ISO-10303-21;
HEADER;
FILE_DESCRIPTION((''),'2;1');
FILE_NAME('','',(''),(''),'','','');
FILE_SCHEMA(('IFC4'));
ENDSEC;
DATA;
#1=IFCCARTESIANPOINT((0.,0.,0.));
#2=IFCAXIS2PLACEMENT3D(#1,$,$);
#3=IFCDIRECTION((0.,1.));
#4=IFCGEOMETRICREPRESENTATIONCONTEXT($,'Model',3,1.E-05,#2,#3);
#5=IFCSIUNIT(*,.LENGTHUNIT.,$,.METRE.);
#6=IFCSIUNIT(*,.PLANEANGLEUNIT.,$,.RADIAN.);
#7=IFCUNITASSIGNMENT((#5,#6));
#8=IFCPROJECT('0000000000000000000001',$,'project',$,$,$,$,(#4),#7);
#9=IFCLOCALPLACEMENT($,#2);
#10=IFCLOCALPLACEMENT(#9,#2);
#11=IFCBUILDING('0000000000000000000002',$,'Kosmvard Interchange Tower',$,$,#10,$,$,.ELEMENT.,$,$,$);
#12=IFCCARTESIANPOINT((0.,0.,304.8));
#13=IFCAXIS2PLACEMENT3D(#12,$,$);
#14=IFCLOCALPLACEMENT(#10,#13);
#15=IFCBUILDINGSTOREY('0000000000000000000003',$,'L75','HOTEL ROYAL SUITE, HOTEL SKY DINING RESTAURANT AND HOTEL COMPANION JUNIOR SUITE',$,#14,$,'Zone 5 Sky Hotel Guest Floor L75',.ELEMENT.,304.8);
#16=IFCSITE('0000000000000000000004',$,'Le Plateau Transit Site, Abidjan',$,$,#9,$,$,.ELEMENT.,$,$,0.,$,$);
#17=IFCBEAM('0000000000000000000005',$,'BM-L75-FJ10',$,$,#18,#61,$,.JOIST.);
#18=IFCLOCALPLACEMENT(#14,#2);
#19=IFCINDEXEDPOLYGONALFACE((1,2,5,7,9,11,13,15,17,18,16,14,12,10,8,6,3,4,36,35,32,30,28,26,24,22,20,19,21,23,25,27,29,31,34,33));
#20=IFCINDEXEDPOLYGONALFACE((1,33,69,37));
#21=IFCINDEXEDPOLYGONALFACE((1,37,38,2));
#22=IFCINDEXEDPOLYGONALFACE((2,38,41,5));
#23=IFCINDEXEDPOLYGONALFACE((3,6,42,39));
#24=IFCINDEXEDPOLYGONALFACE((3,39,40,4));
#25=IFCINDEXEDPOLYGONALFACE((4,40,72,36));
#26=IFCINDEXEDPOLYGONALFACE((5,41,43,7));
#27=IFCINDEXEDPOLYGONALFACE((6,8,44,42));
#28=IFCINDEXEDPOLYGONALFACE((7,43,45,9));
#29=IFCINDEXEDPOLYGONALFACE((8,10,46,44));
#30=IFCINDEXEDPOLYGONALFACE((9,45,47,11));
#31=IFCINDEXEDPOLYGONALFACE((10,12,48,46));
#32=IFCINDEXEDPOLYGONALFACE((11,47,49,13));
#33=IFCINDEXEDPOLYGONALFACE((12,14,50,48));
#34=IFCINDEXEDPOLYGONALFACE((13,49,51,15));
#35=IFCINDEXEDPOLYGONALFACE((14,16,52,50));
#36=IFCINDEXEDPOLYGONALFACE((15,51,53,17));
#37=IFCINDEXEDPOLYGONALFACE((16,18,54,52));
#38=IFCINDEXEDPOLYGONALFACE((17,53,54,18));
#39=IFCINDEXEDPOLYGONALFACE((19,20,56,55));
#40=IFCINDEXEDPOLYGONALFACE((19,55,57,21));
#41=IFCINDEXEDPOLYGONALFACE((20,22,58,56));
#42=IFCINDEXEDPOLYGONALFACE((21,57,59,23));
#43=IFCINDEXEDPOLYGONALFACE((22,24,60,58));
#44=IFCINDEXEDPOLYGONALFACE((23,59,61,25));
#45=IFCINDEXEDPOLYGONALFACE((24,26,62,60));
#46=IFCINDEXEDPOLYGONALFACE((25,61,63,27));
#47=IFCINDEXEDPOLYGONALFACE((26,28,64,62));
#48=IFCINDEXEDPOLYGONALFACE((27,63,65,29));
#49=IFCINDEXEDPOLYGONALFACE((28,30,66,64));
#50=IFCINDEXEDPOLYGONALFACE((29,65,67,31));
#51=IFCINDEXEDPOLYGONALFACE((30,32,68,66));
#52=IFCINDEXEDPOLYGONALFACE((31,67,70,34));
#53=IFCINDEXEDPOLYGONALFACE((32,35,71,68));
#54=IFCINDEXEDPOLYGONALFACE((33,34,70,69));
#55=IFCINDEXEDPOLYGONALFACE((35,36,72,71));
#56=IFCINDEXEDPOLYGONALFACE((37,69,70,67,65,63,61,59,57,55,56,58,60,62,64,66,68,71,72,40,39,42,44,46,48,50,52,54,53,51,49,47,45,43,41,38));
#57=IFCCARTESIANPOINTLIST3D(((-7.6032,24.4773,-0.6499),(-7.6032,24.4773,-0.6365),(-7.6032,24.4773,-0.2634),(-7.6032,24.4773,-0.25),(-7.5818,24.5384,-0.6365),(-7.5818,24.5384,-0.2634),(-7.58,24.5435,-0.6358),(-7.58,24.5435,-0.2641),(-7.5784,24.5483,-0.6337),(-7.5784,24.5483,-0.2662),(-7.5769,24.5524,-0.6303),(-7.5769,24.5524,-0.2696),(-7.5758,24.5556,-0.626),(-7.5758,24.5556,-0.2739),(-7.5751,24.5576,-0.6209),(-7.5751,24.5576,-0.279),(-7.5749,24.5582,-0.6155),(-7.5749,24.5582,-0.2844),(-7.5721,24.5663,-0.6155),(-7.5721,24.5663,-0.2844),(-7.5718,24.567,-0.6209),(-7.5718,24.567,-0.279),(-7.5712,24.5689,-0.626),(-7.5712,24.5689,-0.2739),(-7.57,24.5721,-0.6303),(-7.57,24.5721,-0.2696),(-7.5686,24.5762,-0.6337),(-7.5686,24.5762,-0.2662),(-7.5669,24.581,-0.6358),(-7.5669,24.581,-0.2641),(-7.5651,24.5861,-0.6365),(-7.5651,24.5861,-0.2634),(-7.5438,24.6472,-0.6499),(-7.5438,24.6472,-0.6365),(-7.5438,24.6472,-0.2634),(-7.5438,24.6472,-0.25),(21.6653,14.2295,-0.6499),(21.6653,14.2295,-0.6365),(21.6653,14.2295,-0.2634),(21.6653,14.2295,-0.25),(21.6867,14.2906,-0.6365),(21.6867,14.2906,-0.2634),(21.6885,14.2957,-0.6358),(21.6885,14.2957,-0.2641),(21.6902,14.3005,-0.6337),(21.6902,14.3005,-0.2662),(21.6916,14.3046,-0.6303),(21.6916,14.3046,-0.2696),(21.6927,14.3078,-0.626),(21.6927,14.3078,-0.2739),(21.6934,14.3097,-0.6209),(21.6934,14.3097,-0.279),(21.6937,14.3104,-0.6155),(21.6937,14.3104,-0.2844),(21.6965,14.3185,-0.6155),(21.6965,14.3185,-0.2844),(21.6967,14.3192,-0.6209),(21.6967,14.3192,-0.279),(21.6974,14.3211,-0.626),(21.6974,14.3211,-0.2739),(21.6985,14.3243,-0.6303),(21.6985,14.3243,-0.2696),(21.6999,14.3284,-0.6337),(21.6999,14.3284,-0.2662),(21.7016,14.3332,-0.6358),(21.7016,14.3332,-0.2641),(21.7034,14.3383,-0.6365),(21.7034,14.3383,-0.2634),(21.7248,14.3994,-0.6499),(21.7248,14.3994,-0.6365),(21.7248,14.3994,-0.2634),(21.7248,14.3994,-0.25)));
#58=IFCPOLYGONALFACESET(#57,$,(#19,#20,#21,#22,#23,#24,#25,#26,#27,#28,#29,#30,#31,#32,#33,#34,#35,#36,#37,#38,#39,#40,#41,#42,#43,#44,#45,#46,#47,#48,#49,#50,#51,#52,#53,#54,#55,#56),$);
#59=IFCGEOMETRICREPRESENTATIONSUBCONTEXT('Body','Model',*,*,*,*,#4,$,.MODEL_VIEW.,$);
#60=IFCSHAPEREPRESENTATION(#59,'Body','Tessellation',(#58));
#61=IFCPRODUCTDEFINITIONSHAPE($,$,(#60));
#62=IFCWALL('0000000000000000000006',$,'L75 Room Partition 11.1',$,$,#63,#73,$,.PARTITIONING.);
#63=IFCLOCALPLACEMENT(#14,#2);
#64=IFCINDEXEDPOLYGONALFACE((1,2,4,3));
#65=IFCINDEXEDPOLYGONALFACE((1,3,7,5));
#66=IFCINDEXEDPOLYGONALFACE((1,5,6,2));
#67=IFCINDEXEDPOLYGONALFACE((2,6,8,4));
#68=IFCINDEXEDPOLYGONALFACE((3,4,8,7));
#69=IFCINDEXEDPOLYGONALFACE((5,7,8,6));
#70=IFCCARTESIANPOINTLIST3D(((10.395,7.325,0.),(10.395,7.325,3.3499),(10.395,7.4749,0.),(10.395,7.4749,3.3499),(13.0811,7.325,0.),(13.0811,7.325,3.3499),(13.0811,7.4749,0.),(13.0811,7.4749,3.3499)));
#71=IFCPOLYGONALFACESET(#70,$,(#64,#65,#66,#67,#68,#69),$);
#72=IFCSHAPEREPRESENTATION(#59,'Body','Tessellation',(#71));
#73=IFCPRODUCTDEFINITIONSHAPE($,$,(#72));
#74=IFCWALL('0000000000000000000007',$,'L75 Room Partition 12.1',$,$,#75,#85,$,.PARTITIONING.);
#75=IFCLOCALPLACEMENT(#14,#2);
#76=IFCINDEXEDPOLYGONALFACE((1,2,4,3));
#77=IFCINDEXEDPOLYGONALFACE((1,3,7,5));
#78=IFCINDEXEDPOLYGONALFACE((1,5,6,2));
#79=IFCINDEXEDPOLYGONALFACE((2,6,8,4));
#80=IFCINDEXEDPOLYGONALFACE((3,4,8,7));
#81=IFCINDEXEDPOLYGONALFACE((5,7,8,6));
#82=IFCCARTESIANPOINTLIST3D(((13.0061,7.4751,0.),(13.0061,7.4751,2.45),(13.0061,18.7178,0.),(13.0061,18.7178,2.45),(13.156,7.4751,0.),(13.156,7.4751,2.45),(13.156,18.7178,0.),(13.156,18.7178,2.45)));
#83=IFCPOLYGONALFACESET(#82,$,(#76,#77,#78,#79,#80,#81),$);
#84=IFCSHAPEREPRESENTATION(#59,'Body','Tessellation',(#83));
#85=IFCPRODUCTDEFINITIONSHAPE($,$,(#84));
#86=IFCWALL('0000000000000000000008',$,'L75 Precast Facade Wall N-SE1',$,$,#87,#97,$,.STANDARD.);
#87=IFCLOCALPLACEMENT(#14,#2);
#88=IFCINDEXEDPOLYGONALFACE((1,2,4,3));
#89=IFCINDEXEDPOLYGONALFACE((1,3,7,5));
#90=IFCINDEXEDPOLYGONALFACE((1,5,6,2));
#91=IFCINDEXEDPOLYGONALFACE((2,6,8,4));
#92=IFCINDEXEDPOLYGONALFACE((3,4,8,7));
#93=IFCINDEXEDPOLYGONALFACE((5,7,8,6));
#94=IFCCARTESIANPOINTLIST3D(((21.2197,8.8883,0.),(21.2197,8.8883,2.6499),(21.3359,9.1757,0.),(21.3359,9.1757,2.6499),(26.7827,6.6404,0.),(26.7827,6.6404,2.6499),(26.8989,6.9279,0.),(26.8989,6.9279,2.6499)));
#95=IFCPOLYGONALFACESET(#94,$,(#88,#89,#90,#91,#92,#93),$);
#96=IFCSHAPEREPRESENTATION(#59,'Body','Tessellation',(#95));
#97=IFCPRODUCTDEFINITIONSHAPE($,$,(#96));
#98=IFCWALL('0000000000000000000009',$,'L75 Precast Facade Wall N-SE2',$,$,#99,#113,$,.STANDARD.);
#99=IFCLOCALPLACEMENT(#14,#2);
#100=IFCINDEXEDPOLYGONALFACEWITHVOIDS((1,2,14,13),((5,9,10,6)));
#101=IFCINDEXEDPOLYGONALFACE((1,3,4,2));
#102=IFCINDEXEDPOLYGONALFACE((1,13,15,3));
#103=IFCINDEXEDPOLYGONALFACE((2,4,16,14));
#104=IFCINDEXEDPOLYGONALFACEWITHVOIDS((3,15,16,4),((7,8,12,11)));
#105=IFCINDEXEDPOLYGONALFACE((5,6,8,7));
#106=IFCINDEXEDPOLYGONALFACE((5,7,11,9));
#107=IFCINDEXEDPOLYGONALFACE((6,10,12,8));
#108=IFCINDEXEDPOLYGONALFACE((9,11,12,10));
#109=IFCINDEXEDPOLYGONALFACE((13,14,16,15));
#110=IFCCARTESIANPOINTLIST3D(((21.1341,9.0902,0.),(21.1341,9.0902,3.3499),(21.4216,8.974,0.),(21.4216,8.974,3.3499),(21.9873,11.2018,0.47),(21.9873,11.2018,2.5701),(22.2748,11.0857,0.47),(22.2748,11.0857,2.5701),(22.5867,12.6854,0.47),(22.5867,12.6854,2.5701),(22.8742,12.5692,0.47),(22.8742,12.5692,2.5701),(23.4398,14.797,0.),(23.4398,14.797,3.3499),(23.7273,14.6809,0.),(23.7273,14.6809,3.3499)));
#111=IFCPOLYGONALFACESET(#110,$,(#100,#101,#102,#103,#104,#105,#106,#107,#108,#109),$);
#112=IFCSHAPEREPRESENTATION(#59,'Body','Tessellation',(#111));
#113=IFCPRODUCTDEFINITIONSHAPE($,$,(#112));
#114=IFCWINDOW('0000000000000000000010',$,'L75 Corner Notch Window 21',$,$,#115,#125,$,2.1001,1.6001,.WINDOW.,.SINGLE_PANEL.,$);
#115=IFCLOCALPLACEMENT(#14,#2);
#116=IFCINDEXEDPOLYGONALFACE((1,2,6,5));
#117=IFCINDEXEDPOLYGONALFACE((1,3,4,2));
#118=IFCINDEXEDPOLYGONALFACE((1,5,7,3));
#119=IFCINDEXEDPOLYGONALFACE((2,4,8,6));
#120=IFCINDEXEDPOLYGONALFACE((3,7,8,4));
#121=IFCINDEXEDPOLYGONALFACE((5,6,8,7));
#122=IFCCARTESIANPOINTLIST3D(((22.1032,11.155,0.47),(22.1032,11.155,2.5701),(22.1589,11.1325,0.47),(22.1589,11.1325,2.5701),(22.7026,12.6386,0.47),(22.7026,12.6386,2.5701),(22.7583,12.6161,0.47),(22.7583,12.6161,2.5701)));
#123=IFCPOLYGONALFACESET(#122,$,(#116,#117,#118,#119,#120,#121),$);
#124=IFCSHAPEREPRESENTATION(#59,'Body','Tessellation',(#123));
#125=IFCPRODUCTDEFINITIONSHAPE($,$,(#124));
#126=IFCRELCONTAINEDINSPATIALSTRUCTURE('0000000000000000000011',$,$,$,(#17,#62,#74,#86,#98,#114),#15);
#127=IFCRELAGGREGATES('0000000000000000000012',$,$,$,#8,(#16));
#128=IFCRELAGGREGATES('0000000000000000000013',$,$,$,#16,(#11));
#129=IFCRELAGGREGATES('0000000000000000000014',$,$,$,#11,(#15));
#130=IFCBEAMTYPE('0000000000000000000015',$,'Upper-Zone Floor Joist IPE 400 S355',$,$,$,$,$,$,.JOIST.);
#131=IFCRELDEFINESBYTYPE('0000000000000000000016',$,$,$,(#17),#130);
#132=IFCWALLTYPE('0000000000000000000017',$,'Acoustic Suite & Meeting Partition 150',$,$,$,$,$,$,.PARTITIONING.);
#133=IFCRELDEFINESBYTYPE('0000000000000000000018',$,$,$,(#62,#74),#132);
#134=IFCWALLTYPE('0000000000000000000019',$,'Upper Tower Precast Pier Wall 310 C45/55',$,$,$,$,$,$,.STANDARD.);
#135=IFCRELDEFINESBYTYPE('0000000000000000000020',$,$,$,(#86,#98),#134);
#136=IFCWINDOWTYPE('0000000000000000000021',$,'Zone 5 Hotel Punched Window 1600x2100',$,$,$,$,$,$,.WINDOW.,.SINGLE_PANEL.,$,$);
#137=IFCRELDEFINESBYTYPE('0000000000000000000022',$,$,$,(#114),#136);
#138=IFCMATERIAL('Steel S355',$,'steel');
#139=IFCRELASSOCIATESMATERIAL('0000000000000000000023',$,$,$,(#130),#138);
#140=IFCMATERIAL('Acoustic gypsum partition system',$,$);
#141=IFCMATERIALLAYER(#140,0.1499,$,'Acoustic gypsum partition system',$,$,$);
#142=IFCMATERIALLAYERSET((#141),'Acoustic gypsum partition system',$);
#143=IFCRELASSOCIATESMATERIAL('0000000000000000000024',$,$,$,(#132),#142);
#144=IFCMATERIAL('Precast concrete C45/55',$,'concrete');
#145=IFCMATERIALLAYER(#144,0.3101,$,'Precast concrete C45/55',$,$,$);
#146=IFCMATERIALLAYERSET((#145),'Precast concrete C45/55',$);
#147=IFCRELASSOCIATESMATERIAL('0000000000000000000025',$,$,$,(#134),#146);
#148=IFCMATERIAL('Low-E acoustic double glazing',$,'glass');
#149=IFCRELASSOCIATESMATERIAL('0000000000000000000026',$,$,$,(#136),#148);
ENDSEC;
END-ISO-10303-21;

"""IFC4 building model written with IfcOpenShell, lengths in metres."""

from ifc_helpers import new_model, si_unit, direction, frame, frame_2d, origin, origin_2d, place, context, subcontext, project, spatial, rectangle, i_section, extrude, source, transform, mapped, material, layer, layer_set, material_profile, profile_set, type_object, element, fill, save


model = new_model("IFC4")

# Units and contexts
model_context = context("Model", 3, precision=1e-05, world=origin(), true_north=direction((0.0, 1.0)))
body_context = subcontext(model_context, "Body", "Model", "MODEL_VIEW")
ifc_project = project(units=[si_unit("LENGTHUNIT", "METRE"), si_unit("PLANEANGLEUNIT", "RADIAN")], contexts=[model_context])

# Site, building, storey
site_placement = place(None, origin())
site = spatial("IfcSite", under=ifc_project, at=site_placement, Name="Le Plateau Transit Site, Abidjan", CompositionType="ELEMENT", RefElevation=0.0)
building_placement = place(site_placement, origin())
building = spatial("IfcBuilding", under=site, at=building_placement, Name="Kosmvard Interchange Tower", CompositionType="ELEMENT")
storey_placement = place(building_placement, frame((0.0, 0.0, 304.8)))
storey = spatial("IfcBuildingStorey", under=building, at=storey_placement, Name="L75", Description="HOTEL ROYAL SUITE, HOTEL SKY DINING RESTAURANT AND HOTEL COMPANION JUNIOR SUITE", LongName="Zone 5 Sky Hotel Guest Floor L75", CompositionType="ELEMENT", Elevation=304.8)

# Beam
ifc_material_1 = material(Name="Steel S355", Category="steel")
ifc_material_2 = material(Name="Precast concrete C45/55", Category="concrete")
ifc_material_profile_1 = material_profile(ifc_material_1, i_section(OverallWidth=0.1799, OverallDepth=0.3999, WebThickness=0.0085, FlangeThickness=0.0134, FilletRadius=0.021, at=origin_2d()), Name="IPE 400")
ifc_profile_set_1 = profile_set([ifc_material_profile_1], Name="Steel S355")
beam_type_1 = type_object("IfcBeamType", Name="Upper-Zone Floor Joist IPE 400 S355", PredefinedType="JOIST", material=ifc_profile_set_1)
shared_shape_1 = source(origin(), body_context, "Body", "SweptSolid", [
    extrude(i_section(OverallWidth=0.1799, OverallDepth=0.3999, WebThickness=0.0085, FlangeThickness=0.0134, FilletRadius=0.021, at=origin_2d()), origin(), (0.0, 0.0, 1.0), 31.0107),
])
beam_1_placement = place(storey_placement, frame((21.6951, 14.3145, -0.45), z_axis=(-0.94382, 0.33046, 0.0), x_axis=(-0.33046, -0.94382, 0.0)))
element("IfcBeam", 1, at=beam_1_placement, inside=storey, type_object=beam_type_1, Name="BM-L75-FJ10", PredefinedType="JOIST", context=body_context, shape_type="MappedRepresentation", body=[
    mapped(shared_shape_1, transform((0.0, 0.0, 0.0), scale=1.0)),
])

# Walls
ifc_material_3 = material(Name="Acoustic gypsum partition system")
ifc_layer_1 = layer(ifc_material_3, 0.1499, Name="Acoustic gypsum partition system")
ifc_layer_set_1 = layer_set([ifc_layer_1], Name="Acoustic gypsum partition system")
wall_type_1 = type_object("IfcWallType", Name="Acoustic Suite & Meeting Partition 150", PredefinedType="PARTITIONING", material=ifc_layer_set_1)
wall_1_placement = place(storey_placement, frame((10.395, 7.3999, 0.0), z_axis=(0.0, 0.0, 1.0), x_axis=(1.0, 0.0, 0.0)))
element("IfcWall", 2, at=wall_1_placement, inside=storey, type_object=wall_type_1, Name="L75 Room Partition 11.1", PredefinedType="PARTITIONING", context=body_context, shape_type="SweptSolid", body=[
    extrude(rectangle(XDim=2.686, YDim=0.1499, at=frame_2d((1.343, 0.0))), origin(), (0.0, 0.0, 1.0), 3.3499),
])
wall_2_placement = place(storey_placement, frame((13.0811, 7.4751, 0.0), z_axis=(0.0, 0.0, 1.0), x_axis=(0.0, 1.0, 0.0)))
element("IfcWall", 3, at=wall_2_placement, inside=storey, type_object=wall_type_1, Name="L75 Room Partition 12.1", PredefinedType="PARTITIONING", context=body_context, shape_type="SweptSolid", body=[
    extrude(rectangle(XDim=11.2427, YDim=0.1499, at=frame_2d((5.6213, 0.0))), origin(), (0.0, 0.0, 1.0), 2.45),
])
ifc_layer_2 = layer(ifc_material_2, 0.3101, Name="Precast concrete C45/55")
ifc_layer_set_2 = layer_set([ifc_layer_2], Name="Precast concrete C45/55")
wall_type_2 = type_object("IfcWallType", Name="Upper Tower Precast Pier Wall 310 C45/55", PredefinedType="STANDARD", material=ifc_layer_set_2)
wall_3_placement = place(storey_placement, frame((26.8408, 6.7842, 0.0), z_axis=(0.0, 0.0, 1.0), x_axis=(-0.927172, 0.374637, 0.0)))
element("IfcWall", 4, at=wall_3_placement, inside=storey, type_object=wall_type_2, Name="L75 Precast Facade Wall N-SE1", PredefinedType="STANDARD", context=body_context, shape_type="SweptSolid", body=[
    extrude(rectangle(XDim=6.0, YDim=0.3101, at=frame_2d((3.0, 0.0))), origin(), (0.0, 0.0, 1.0), 2.6499),
])

# Wall, opening, window
wall_4_placement = place(storey_placement, frame((21.2778, 9.032, 0.0), z_axis=(0.0, 0.0, 1.0), x_axis=(0.374603, 0.927185, 0.0)))
wall_4 = element("IfcWall", 5, at=wall_4_placement, inside=storey, type_object=wall_type_2, Name="L75 Precast Facade Wall N-SE2", PredefinedType="STANDARD", context=body_context, shape_type="SweptSolid", body=[
    extrude(rectangle(XDim=6.155, YDim=0.3101, at=frame_2d((3.0776, 0.0))), origin(), (0.0, 0.0, 1.0), 3.3499),
])
opening_1_placement = place(wall_4_placement, frame((2.2776, 0.0, 0.47)))
opening_1 = element("IfcOpeningElement", 6, at=opening_1_placement, cuts=wall_4, PredefinedType="OPENING", context=body_context, shape_type="SweptSolid", body=[
    extrude(rectangle(XDim=1.6001, YDim=2.1001, at=frame_2d((0.8, 1.05))), frame((0.0, 0.165, 0.0), z_axis=(0.0, -1.0, 0.0), x_axis=(1.0, 0.0, 0.0)), (0.0, 0.0, 1.0), 0.3301),
])
ifc_material_4 = material(Name="Low-E acoustic double glazing", Category="glass")
window_type = type_object("IfcWindowType", Name="Zone 5 Hotel Punched Window 1600x2100", PartitioningType="SINGLE_PANEL", PredefinedType="WINDOW", material=ifc_material_4)
shared_shape_2 = source(origin(), body_context, "Body", "SweptSolid", [
    extrude(rectangle(XDim=1.6001, YDim=2.1001, at=frame_2d((0.8, 1.05))), frame((0.0, 0.03, 0.0), z_axis=(0.0, -1.0, 0.0), x_axis=(1.0, 0.0, 0.0)), (0.0, 0.0, 1.0), 0.0601),
])
window_1_placement = place(opening_1_placement, origin())
window_1 = element("IfcWindow", 7, at=window_1_placement, inside=storey, type_object=window_type, Name="L75 Corner Notch Window 21", OverallHeight=2.1001, OverallWidth=1.6001, PartitioningType="SINGLE_PANEL", PredefinedType="WINDOW", context=body_context, shape_type="MappedRepresentation", body=[
    mapped(shared_shape_2, transform((0.0, 0.0, 0.0), scale=1.0)),
])
fill(opening_1, window_1)

save(model, "model.ifc")
